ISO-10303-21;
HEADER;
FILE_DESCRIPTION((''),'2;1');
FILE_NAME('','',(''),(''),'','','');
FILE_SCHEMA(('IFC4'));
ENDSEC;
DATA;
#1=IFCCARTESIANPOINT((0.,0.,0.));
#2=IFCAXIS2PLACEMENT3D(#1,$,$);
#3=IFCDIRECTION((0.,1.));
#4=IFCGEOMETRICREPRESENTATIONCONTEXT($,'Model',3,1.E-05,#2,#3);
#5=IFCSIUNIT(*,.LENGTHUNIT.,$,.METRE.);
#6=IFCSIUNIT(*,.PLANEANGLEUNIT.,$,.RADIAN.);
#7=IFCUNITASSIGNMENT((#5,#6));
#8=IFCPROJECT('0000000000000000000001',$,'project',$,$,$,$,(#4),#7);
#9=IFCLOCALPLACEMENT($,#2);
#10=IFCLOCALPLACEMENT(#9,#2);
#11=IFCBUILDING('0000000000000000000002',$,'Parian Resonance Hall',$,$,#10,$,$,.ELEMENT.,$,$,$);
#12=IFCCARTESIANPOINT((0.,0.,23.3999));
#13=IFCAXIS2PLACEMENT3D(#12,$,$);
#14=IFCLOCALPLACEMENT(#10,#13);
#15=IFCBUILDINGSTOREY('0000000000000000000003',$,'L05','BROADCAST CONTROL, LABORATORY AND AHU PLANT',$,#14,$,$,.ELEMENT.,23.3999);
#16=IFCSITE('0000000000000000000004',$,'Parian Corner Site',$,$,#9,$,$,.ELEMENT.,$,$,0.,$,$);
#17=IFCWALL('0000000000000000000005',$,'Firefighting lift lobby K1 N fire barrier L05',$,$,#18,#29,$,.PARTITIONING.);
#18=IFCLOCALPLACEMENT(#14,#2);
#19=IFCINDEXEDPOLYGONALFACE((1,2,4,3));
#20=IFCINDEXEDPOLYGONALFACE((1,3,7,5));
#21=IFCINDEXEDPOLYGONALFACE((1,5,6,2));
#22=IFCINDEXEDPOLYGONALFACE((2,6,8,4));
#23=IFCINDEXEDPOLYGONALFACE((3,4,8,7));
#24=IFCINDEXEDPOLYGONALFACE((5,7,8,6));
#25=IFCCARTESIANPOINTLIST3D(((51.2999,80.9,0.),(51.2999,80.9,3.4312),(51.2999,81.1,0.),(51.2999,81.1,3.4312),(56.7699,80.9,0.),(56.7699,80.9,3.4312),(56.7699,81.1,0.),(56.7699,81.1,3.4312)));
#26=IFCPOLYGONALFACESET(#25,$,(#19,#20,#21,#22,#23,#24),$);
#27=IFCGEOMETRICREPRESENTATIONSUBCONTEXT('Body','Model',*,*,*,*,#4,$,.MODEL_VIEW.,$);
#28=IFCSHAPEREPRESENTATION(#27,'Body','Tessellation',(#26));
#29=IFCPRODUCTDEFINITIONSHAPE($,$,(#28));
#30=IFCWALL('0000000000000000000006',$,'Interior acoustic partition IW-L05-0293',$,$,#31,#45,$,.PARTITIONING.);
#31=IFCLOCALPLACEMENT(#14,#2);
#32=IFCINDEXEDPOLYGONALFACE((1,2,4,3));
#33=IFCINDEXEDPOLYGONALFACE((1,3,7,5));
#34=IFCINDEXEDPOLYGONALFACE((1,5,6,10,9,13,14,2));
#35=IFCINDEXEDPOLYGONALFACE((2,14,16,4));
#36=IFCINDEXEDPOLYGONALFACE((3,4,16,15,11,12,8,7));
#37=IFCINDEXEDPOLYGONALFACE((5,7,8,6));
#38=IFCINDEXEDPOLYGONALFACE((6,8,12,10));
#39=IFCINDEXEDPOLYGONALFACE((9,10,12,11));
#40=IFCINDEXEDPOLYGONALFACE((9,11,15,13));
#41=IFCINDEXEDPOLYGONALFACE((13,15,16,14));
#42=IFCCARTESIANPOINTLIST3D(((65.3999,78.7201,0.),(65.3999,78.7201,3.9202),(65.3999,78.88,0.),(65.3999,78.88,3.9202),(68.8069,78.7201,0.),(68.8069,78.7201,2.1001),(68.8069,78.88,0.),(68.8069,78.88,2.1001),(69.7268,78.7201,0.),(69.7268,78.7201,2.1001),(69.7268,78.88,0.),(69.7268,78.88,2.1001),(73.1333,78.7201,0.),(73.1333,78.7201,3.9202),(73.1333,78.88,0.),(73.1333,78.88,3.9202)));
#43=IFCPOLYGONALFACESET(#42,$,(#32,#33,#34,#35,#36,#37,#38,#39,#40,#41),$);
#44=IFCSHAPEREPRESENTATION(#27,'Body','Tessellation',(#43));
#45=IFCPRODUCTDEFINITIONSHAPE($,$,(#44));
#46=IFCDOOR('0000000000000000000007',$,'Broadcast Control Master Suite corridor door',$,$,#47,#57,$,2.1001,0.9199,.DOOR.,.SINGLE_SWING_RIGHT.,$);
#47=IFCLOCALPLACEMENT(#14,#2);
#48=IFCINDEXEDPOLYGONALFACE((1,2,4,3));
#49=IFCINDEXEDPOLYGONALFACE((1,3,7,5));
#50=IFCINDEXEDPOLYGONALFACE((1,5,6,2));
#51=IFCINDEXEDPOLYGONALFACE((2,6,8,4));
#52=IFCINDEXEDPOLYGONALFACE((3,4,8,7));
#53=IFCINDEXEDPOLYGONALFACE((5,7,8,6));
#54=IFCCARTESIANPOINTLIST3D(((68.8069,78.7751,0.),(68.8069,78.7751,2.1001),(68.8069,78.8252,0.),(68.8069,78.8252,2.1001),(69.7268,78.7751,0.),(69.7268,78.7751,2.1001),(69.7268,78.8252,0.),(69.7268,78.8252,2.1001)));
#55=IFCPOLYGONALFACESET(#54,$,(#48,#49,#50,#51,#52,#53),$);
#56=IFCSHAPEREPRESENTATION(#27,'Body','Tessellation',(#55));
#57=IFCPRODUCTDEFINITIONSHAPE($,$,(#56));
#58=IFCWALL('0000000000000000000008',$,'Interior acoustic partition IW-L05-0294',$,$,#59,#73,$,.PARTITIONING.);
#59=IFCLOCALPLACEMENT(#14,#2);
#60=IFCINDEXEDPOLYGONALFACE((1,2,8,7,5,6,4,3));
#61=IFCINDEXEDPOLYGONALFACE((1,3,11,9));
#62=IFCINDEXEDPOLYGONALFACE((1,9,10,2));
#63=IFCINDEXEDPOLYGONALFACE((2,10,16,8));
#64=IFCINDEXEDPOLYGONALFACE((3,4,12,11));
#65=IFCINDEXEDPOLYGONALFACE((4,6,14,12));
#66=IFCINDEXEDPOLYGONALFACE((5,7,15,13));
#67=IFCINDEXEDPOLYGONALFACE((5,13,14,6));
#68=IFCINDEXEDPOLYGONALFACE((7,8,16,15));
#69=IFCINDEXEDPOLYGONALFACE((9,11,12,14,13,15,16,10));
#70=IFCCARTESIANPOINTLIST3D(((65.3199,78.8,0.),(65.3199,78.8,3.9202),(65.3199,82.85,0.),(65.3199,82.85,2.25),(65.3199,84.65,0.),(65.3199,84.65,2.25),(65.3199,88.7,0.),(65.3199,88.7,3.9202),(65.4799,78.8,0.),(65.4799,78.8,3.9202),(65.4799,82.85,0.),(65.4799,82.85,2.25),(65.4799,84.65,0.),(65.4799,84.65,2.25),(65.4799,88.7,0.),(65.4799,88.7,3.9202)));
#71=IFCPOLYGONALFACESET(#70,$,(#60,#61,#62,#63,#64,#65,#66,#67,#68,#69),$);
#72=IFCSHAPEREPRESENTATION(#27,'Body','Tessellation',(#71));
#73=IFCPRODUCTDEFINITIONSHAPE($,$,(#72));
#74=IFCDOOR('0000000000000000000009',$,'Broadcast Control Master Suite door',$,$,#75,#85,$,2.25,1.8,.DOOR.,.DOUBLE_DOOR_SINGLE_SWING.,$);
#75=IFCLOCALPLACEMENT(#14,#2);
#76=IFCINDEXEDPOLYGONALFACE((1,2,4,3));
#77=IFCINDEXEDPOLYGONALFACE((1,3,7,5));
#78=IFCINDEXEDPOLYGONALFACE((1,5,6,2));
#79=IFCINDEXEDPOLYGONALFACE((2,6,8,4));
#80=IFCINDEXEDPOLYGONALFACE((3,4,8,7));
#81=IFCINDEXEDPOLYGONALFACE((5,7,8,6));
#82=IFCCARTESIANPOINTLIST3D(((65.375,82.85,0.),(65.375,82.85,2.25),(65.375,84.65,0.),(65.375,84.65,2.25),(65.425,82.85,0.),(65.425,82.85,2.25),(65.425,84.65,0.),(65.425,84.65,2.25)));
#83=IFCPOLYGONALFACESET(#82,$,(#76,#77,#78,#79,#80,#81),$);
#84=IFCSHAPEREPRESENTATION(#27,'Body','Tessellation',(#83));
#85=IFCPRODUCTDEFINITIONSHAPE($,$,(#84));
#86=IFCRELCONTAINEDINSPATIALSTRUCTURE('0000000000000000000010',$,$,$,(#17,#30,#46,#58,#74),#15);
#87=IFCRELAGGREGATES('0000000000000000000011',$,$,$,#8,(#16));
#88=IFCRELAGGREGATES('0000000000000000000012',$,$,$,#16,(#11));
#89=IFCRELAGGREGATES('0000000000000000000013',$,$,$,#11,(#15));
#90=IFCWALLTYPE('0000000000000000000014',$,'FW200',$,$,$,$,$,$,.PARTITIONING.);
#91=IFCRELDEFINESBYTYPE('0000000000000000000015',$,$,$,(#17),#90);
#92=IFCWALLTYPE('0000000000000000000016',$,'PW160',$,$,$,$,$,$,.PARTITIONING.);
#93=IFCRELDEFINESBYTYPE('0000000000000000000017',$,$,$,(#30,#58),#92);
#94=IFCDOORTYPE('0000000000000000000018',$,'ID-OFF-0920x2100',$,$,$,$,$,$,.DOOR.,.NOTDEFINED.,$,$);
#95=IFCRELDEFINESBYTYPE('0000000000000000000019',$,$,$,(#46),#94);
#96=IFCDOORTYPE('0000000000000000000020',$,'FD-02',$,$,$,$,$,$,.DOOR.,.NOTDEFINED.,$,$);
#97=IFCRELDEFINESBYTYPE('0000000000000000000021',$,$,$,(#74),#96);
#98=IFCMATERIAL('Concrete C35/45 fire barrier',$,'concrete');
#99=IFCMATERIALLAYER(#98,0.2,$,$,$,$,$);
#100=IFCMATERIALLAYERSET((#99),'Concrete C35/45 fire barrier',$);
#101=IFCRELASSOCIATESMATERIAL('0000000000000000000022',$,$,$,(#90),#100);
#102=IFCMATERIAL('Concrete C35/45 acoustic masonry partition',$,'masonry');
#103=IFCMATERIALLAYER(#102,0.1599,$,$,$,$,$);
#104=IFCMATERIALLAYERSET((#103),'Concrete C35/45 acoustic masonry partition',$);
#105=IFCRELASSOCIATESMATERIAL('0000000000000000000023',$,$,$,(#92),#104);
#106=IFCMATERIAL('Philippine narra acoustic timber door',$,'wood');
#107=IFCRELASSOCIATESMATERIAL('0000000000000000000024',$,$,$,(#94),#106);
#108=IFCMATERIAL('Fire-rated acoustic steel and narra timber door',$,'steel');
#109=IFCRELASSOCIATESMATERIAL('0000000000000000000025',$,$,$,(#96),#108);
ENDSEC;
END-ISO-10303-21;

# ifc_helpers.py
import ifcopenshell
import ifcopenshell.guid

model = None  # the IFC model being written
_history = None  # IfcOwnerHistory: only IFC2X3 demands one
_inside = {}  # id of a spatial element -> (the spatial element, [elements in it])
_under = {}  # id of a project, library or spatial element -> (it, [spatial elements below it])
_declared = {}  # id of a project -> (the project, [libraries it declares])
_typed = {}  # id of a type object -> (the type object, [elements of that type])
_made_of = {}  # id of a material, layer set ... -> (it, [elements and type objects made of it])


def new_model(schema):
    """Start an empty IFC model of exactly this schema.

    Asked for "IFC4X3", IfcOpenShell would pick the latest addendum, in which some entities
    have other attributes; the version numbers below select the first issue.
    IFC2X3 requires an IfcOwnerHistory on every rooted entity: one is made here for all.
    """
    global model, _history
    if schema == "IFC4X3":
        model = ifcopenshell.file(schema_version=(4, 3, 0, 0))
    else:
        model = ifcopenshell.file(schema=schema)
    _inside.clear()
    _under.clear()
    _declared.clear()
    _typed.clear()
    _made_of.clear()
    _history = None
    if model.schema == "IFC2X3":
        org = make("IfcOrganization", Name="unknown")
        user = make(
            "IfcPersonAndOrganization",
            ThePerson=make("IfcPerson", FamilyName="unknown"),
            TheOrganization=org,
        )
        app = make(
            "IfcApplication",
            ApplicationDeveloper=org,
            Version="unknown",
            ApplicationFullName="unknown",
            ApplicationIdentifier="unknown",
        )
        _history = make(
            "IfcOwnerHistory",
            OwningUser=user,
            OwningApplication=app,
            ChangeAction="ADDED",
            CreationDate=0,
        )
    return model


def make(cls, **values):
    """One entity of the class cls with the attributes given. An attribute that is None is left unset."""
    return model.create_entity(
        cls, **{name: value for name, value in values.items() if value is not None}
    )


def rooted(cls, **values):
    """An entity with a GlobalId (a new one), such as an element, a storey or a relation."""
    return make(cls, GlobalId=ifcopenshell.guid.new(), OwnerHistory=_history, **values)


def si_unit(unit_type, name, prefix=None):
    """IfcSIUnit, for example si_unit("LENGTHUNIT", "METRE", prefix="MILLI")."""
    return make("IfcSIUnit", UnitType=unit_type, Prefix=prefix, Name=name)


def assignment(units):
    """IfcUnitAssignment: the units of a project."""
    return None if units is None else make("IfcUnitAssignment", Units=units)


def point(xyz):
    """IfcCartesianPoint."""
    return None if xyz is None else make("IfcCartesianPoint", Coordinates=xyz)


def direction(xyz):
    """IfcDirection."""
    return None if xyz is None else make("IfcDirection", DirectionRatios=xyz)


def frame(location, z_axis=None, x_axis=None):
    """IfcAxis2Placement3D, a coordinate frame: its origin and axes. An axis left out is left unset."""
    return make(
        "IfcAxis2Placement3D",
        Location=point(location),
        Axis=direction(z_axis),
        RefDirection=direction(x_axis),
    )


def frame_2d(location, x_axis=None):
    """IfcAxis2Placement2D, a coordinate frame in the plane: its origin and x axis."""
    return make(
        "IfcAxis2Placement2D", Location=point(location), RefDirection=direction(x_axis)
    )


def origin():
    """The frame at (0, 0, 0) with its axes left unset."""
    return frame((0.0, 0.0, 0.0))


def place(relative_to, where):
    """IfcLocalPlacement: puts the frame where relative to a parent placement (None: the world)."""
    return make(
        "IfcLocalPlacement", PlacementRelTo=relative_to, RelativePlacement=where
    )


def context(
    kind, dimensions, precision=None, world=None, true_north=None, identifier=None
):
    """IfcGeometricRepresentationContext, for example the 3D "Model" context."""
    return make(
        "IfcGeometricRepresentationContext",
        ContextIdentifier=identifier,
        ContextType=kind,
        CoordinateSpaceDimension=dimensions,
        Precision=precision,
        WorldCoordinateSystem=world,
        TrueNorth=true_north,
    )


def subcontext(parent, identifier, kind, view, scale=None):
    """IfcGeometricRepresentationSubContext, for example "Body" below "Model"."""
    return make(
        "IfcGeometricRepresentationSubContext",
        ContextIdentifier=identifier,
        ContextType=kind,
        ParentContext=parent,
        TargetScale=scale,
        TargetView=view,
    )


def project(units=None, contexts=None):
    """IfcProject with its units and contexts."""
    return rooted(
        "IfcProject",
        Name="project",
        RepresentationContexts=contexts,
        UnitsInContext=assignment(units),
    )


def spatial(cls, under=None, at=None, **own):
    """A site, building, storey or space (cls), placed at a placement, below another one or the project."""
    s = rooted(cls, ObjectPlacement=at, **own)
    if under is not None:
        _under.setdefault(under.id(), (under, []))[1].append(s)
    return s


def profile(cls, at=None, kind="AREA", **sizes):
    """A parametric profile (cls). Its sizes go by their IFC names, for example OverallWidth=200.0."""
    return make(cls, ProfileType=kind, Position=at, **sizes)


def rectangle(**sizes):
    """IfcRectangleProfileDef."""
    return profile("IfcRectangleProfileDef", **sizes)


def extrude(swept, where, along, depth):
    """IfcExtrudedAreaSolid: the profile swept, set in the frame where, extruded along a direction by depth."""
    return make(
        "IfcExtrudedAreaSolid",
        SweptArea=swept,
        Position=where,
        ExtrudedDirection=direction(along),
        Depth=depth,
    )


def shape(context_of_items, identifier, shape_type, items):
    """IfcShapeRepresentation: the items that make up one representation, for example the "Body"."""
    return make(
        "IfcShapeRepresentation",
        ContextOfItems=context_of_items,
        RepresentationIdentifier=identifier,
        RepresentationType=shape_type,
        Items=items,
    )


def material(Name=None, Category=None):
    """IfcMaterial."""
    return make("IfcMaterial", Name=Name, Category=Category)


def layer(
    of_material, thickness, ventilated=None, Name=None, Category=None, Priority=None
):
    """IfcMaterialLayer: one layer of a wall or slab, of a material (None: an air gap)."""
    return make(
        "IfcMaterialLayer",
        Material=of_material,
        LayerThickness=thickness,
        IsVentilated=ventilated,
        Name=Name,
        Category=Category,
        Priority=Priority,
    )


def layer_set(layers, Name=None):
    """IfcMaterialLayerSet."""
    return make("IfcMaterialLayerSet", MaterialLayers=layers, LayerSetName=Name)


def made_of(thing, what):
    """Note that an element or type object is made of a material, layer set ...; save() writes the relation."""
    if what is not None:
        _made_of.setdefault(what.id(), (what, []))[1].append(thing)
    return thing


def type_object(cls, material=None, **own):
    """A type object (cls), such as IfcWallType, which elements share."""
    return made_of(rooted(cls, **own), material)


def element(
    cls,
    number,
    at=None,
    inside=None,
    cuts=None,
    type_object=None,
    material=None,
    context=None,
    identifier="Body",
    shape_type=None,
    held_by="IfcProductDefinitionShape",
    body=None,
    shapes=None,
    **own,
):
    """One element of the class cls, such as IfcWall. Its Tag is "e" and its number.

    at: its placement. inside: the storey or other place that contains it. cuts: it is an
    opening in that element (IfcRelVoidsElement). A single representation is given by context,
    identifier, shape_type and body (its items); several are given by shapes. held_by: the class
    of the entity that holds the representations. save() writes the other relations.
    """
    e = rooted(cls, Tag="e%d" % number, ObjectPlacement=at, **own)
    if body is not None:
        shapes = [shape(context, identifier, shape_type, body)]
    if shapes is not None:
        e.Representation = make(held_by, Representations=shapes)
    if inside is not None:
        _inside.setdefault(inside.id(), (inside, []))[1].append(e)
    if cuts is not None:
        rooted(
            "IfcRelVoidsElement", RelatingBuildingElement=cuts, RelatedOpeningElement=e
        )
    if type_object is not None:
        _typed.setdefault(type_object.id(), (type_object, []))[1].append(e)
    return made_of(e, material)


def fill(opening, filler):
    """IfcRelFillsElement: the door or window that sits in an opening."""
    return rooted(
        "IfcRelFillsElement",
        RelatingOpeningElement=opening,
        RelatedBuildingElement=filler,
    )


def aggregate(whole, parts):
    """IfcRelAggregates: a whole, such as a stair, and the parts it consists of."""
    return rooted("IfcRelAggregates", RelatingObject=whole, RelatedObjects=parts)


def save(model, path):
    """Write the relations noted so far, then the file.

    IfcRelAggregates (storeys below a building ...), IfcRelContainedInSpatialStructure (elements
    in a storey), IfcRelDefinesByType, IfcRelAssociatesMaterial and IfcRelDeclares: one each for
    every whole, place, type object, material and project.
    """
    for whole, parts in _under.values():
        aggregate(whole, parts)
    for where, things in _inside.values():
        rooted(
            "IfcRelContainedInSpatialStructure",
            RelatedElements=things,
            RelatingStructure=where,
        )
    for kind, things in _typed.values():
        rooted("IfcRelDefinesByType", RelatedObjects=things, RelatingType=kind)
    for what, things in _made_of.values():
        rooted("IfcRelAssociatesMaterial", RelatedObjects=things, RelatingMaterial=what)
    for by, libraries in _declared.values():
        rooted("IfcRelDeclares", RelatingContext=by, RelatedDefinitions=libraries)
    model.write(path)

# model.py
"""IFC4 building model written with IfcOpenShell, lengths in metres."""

from ifc_helpers import new_model, si_unit, direction, frame, frame_2d, origin, place, context, subcontext, project, spatial, rectangle, extrude, material, layer, layer_set, type_object, element, fill, save


model = new_model("IFC4")

# Units and contexts
model_context = context("Model", 3, precision=1e-05, world=origin(), true_north=direction((0.0, 1.0)))
body_context = subcontext(model_context, "Body", "Model", "MODEL_VIEW")
ifc_project = project(units=[si_unit("LENGTHUNIT", "METRE"), si_unit("PLANEANGLEUNIT", "RADIAN")], contexts=[model_context])

# Site, building, storey
site_placement = place(None, origin())
site = spatial("IfcSite", under=ifc_project, at=site_placement, Name="Parian Corner Site", CompositionType="ELEMENT", RefElevation=0.0)
building_placement = place(site_placement, origin())
building = spatial("IfcBuilding", under=site, at=building_placement, Name="Parian Resonance Hall", CompositionType="ELEMENT")
storey_placement = place(building_placement, frame((0.0, 0.0, 23.3999)))
storey = spatial("IfcBuildingStorey", under=building, at=storey_placement, Name="L05", Description="BROADCAST CONTROL, LABORATORY AND AHU PLANT", CompositionType="ELEMENT", Elevation=23.3999)

# Wall
ifc_material_1 = material(Name="Concrete C35/45 fire barrier", Category="concrete")
ifc_layer_1 = layer(ifc_material_1, 0.2)
ifc_layer_set_1 = layer_set([ifc_layer_1], Name="Concrete C35/45 fire barrier")
wall_type_1 = type_object("IfcWallType", Name="FW200", PredefinedType="PARTITIONING", material=ifc_layer_set_1)
wall_1_placement = place(storey_placement, frame((51.3, 81.0, 0.0), z_axis=(0.0, 0.0, 1.0), x_axis=(1.0, 0.0, 0.0)))
element("IfcWall", 1, at=wall_1_placement, inside=storey, type_object=wall_type_1, Name="Firefighting lift lobby K1 N fire barrier L05", PredefinedType="PARTITIONING", context=body_context, shape_type="SweptSolid", body=[
    extrude(rectangle(XDim=5.47, YDim=0.2, at=frame_2d((2.7349, 0.0))), origin(), (0.0, 0.0, 1.0), 3.4312),
])

# Walls, openings, doors
ifc_material_2 = material(Name="Concrete C35/45 acoustic masonry partition", Category="masonry")
ifc_layer_2 = layer(ifc_material_2, 0.1599)
ifc_layer_set_2 = layer_set([ifc_layer_2], Name="Concrete C35/45 acoustic masonry partition")
wall_type_2 = type_object("IfcWallType", Name="PW160", PredefinedType="PARTITIONING", material=ifc_layer_set_2)
wall_2_placement = place(storey_placement, frame((73.1333, 78.8, 0.0), z_axis=(0.0, 0.0, 1.0), x_axis=(-1.0, 0.0, 0.0)))
wall_2 = element("IfcWall", 2, at=wall_2_placement, inside=storey, type_object=wall_type_2, Name="Interior acoustic partition IW-L05-0293", PredefinedType="PARTITIONING", context=body_context, shape_type="SweptSolid", body=[
    extrude(rectangle(XDim=7.7334, YDim=0.1599, at=frame_2d((3.8667, 0.0))), origin(), (0.0, 0.0, 1.0), 3.9202),
])
opening_1_placement = place(wall_2_placement, frame((3.4065, 0.0, 0.0)))
opening_1 = element("IfcOpeningElement", 3, at=opening_1_placement, cuts=wall_2, PredefinedType="OPENING", context=body_context, shape_type="SweptSolid", body=[
    extrude(rectangle(XDim=0.9199, YDim=2.1001, at=frame_2d((0.46, 1.05))), frame((0.0, 0.0898, 0.0), z_axis=(0.0, -1.0, 0.0), x_axis=(1.0, 0.0, 0.0)), (0.0, 0.0, 1.0), 0.1799),
])
ifc_material_3 = material(Name="Philippine narra acoustic timber door", Category="wood")
door_type_1 = type_object("IfcDoorType", Name="ID-OFF-0920x2100", OperationType="NOTDEFINED", PredefinedType="DOOR", material=ifc_material_3)
door_1_placement = place(opening_1_placement, origin())
door_1 = element("IfcDoor", 4, at=door_1_placement, inside=storey, type_object=door_type_1, Name="Broadcast Control Master Suite corridor door", OperationType="SINGLE_SWING_RIGHT", OverallHeight=2.1001, OverallWidth=0.9199, PredefinedType="DOOR", context=body_context, shape_type="SweptSolid", body=[
    extrude(rectangle(XDim=0.9199, YDim=2.1001, at=frame_2d((0.46, 1.05))), frame((0.0, 0.0249, 0.0), z_axis=(0.0, -1.0, 0.0), x_axis=(1.0, 0.0, 0.0)), (0.0, 0.0, 1.0), 0.05),
])
fill(opening_1, door_1)
wall_3_placement = place(storey_placement, frame((65.3999, 78.8, 0.0), z_axis=(0.0, 0.0, 1.0), x_axis=(0.0, 1.0, 0.0)))
wall_3 = element("IfcWall", 5, at=wall_3_placement, inside=storey, type_object=wall_type_2, Name="Interior acoustic partition IW-L05-0294", PredefinedType="PARTITIONING", context=body_context, shape_type="SweptSolid", body=[
    extrude(rectangle(XDim=9.8999, YDim=0.1599, at=frame_2d((4.95, 0.0))), origin(), (0.0, 0.0, 1.0), 3.9202),
])
opening_2_placement = place(wall_3_placement, frame((4.05, 0.0, 0.0)))
opening_2 = element("IfcOpeningElement", 6, at=opening_2_placement, cuts=wall_3, PredefinedType="OPENING", context=body_context, shape_type="SweptSolid", body=[
    extrude(rectangle(XDim=1.8, YDim=2.25, at=frame_2d((0.8999, 1.125))), frame((0.0, 0.0898, 0.0), z_axis=(0.0, -1.0, 0.0), x_axis=(1.0, 0.0, 0.0)), (0.0, 0.0, 1.0), 0.1799),
])
ifc_material_4 = material(Name="Fire-rated acoustic steel and narra timber door", Category="steel")
door_type_2 = type_object("IfcDoorType", Name="FD-02", OperationType="NOTDEFINED", PredefinedType="DOOR", material=ifc_material_4)
door_2_placement = place(opening_2_placement, origin())
door_2 = element("IfcDoor", 7, at=door_2_placement, inside=storey, type_object=door_type_2, Name="Broadcast Control Master Suite door", OperationType="DOUBLE_DOOR_SINGLE_SWING", OverallHeight=2.25, OverallWidth=1.8, PredefinedType="DOOR", context=body_context, shape_type="SweptSolid", body=[
    extrude(rectangle(XDim=1.8, YDim=2.25, at=frame_2d((0.8999, 1.125))), frame((0.0, 0.0249, 0.0), z_axis=(0.0, -1.0, 0.0), x_axis=(1.0, 0.0, 0.0)), (0.0, 0.0, 1.0), 0.05),
])
fill(opening_2, door_2)

save(model, "model.ifc")
